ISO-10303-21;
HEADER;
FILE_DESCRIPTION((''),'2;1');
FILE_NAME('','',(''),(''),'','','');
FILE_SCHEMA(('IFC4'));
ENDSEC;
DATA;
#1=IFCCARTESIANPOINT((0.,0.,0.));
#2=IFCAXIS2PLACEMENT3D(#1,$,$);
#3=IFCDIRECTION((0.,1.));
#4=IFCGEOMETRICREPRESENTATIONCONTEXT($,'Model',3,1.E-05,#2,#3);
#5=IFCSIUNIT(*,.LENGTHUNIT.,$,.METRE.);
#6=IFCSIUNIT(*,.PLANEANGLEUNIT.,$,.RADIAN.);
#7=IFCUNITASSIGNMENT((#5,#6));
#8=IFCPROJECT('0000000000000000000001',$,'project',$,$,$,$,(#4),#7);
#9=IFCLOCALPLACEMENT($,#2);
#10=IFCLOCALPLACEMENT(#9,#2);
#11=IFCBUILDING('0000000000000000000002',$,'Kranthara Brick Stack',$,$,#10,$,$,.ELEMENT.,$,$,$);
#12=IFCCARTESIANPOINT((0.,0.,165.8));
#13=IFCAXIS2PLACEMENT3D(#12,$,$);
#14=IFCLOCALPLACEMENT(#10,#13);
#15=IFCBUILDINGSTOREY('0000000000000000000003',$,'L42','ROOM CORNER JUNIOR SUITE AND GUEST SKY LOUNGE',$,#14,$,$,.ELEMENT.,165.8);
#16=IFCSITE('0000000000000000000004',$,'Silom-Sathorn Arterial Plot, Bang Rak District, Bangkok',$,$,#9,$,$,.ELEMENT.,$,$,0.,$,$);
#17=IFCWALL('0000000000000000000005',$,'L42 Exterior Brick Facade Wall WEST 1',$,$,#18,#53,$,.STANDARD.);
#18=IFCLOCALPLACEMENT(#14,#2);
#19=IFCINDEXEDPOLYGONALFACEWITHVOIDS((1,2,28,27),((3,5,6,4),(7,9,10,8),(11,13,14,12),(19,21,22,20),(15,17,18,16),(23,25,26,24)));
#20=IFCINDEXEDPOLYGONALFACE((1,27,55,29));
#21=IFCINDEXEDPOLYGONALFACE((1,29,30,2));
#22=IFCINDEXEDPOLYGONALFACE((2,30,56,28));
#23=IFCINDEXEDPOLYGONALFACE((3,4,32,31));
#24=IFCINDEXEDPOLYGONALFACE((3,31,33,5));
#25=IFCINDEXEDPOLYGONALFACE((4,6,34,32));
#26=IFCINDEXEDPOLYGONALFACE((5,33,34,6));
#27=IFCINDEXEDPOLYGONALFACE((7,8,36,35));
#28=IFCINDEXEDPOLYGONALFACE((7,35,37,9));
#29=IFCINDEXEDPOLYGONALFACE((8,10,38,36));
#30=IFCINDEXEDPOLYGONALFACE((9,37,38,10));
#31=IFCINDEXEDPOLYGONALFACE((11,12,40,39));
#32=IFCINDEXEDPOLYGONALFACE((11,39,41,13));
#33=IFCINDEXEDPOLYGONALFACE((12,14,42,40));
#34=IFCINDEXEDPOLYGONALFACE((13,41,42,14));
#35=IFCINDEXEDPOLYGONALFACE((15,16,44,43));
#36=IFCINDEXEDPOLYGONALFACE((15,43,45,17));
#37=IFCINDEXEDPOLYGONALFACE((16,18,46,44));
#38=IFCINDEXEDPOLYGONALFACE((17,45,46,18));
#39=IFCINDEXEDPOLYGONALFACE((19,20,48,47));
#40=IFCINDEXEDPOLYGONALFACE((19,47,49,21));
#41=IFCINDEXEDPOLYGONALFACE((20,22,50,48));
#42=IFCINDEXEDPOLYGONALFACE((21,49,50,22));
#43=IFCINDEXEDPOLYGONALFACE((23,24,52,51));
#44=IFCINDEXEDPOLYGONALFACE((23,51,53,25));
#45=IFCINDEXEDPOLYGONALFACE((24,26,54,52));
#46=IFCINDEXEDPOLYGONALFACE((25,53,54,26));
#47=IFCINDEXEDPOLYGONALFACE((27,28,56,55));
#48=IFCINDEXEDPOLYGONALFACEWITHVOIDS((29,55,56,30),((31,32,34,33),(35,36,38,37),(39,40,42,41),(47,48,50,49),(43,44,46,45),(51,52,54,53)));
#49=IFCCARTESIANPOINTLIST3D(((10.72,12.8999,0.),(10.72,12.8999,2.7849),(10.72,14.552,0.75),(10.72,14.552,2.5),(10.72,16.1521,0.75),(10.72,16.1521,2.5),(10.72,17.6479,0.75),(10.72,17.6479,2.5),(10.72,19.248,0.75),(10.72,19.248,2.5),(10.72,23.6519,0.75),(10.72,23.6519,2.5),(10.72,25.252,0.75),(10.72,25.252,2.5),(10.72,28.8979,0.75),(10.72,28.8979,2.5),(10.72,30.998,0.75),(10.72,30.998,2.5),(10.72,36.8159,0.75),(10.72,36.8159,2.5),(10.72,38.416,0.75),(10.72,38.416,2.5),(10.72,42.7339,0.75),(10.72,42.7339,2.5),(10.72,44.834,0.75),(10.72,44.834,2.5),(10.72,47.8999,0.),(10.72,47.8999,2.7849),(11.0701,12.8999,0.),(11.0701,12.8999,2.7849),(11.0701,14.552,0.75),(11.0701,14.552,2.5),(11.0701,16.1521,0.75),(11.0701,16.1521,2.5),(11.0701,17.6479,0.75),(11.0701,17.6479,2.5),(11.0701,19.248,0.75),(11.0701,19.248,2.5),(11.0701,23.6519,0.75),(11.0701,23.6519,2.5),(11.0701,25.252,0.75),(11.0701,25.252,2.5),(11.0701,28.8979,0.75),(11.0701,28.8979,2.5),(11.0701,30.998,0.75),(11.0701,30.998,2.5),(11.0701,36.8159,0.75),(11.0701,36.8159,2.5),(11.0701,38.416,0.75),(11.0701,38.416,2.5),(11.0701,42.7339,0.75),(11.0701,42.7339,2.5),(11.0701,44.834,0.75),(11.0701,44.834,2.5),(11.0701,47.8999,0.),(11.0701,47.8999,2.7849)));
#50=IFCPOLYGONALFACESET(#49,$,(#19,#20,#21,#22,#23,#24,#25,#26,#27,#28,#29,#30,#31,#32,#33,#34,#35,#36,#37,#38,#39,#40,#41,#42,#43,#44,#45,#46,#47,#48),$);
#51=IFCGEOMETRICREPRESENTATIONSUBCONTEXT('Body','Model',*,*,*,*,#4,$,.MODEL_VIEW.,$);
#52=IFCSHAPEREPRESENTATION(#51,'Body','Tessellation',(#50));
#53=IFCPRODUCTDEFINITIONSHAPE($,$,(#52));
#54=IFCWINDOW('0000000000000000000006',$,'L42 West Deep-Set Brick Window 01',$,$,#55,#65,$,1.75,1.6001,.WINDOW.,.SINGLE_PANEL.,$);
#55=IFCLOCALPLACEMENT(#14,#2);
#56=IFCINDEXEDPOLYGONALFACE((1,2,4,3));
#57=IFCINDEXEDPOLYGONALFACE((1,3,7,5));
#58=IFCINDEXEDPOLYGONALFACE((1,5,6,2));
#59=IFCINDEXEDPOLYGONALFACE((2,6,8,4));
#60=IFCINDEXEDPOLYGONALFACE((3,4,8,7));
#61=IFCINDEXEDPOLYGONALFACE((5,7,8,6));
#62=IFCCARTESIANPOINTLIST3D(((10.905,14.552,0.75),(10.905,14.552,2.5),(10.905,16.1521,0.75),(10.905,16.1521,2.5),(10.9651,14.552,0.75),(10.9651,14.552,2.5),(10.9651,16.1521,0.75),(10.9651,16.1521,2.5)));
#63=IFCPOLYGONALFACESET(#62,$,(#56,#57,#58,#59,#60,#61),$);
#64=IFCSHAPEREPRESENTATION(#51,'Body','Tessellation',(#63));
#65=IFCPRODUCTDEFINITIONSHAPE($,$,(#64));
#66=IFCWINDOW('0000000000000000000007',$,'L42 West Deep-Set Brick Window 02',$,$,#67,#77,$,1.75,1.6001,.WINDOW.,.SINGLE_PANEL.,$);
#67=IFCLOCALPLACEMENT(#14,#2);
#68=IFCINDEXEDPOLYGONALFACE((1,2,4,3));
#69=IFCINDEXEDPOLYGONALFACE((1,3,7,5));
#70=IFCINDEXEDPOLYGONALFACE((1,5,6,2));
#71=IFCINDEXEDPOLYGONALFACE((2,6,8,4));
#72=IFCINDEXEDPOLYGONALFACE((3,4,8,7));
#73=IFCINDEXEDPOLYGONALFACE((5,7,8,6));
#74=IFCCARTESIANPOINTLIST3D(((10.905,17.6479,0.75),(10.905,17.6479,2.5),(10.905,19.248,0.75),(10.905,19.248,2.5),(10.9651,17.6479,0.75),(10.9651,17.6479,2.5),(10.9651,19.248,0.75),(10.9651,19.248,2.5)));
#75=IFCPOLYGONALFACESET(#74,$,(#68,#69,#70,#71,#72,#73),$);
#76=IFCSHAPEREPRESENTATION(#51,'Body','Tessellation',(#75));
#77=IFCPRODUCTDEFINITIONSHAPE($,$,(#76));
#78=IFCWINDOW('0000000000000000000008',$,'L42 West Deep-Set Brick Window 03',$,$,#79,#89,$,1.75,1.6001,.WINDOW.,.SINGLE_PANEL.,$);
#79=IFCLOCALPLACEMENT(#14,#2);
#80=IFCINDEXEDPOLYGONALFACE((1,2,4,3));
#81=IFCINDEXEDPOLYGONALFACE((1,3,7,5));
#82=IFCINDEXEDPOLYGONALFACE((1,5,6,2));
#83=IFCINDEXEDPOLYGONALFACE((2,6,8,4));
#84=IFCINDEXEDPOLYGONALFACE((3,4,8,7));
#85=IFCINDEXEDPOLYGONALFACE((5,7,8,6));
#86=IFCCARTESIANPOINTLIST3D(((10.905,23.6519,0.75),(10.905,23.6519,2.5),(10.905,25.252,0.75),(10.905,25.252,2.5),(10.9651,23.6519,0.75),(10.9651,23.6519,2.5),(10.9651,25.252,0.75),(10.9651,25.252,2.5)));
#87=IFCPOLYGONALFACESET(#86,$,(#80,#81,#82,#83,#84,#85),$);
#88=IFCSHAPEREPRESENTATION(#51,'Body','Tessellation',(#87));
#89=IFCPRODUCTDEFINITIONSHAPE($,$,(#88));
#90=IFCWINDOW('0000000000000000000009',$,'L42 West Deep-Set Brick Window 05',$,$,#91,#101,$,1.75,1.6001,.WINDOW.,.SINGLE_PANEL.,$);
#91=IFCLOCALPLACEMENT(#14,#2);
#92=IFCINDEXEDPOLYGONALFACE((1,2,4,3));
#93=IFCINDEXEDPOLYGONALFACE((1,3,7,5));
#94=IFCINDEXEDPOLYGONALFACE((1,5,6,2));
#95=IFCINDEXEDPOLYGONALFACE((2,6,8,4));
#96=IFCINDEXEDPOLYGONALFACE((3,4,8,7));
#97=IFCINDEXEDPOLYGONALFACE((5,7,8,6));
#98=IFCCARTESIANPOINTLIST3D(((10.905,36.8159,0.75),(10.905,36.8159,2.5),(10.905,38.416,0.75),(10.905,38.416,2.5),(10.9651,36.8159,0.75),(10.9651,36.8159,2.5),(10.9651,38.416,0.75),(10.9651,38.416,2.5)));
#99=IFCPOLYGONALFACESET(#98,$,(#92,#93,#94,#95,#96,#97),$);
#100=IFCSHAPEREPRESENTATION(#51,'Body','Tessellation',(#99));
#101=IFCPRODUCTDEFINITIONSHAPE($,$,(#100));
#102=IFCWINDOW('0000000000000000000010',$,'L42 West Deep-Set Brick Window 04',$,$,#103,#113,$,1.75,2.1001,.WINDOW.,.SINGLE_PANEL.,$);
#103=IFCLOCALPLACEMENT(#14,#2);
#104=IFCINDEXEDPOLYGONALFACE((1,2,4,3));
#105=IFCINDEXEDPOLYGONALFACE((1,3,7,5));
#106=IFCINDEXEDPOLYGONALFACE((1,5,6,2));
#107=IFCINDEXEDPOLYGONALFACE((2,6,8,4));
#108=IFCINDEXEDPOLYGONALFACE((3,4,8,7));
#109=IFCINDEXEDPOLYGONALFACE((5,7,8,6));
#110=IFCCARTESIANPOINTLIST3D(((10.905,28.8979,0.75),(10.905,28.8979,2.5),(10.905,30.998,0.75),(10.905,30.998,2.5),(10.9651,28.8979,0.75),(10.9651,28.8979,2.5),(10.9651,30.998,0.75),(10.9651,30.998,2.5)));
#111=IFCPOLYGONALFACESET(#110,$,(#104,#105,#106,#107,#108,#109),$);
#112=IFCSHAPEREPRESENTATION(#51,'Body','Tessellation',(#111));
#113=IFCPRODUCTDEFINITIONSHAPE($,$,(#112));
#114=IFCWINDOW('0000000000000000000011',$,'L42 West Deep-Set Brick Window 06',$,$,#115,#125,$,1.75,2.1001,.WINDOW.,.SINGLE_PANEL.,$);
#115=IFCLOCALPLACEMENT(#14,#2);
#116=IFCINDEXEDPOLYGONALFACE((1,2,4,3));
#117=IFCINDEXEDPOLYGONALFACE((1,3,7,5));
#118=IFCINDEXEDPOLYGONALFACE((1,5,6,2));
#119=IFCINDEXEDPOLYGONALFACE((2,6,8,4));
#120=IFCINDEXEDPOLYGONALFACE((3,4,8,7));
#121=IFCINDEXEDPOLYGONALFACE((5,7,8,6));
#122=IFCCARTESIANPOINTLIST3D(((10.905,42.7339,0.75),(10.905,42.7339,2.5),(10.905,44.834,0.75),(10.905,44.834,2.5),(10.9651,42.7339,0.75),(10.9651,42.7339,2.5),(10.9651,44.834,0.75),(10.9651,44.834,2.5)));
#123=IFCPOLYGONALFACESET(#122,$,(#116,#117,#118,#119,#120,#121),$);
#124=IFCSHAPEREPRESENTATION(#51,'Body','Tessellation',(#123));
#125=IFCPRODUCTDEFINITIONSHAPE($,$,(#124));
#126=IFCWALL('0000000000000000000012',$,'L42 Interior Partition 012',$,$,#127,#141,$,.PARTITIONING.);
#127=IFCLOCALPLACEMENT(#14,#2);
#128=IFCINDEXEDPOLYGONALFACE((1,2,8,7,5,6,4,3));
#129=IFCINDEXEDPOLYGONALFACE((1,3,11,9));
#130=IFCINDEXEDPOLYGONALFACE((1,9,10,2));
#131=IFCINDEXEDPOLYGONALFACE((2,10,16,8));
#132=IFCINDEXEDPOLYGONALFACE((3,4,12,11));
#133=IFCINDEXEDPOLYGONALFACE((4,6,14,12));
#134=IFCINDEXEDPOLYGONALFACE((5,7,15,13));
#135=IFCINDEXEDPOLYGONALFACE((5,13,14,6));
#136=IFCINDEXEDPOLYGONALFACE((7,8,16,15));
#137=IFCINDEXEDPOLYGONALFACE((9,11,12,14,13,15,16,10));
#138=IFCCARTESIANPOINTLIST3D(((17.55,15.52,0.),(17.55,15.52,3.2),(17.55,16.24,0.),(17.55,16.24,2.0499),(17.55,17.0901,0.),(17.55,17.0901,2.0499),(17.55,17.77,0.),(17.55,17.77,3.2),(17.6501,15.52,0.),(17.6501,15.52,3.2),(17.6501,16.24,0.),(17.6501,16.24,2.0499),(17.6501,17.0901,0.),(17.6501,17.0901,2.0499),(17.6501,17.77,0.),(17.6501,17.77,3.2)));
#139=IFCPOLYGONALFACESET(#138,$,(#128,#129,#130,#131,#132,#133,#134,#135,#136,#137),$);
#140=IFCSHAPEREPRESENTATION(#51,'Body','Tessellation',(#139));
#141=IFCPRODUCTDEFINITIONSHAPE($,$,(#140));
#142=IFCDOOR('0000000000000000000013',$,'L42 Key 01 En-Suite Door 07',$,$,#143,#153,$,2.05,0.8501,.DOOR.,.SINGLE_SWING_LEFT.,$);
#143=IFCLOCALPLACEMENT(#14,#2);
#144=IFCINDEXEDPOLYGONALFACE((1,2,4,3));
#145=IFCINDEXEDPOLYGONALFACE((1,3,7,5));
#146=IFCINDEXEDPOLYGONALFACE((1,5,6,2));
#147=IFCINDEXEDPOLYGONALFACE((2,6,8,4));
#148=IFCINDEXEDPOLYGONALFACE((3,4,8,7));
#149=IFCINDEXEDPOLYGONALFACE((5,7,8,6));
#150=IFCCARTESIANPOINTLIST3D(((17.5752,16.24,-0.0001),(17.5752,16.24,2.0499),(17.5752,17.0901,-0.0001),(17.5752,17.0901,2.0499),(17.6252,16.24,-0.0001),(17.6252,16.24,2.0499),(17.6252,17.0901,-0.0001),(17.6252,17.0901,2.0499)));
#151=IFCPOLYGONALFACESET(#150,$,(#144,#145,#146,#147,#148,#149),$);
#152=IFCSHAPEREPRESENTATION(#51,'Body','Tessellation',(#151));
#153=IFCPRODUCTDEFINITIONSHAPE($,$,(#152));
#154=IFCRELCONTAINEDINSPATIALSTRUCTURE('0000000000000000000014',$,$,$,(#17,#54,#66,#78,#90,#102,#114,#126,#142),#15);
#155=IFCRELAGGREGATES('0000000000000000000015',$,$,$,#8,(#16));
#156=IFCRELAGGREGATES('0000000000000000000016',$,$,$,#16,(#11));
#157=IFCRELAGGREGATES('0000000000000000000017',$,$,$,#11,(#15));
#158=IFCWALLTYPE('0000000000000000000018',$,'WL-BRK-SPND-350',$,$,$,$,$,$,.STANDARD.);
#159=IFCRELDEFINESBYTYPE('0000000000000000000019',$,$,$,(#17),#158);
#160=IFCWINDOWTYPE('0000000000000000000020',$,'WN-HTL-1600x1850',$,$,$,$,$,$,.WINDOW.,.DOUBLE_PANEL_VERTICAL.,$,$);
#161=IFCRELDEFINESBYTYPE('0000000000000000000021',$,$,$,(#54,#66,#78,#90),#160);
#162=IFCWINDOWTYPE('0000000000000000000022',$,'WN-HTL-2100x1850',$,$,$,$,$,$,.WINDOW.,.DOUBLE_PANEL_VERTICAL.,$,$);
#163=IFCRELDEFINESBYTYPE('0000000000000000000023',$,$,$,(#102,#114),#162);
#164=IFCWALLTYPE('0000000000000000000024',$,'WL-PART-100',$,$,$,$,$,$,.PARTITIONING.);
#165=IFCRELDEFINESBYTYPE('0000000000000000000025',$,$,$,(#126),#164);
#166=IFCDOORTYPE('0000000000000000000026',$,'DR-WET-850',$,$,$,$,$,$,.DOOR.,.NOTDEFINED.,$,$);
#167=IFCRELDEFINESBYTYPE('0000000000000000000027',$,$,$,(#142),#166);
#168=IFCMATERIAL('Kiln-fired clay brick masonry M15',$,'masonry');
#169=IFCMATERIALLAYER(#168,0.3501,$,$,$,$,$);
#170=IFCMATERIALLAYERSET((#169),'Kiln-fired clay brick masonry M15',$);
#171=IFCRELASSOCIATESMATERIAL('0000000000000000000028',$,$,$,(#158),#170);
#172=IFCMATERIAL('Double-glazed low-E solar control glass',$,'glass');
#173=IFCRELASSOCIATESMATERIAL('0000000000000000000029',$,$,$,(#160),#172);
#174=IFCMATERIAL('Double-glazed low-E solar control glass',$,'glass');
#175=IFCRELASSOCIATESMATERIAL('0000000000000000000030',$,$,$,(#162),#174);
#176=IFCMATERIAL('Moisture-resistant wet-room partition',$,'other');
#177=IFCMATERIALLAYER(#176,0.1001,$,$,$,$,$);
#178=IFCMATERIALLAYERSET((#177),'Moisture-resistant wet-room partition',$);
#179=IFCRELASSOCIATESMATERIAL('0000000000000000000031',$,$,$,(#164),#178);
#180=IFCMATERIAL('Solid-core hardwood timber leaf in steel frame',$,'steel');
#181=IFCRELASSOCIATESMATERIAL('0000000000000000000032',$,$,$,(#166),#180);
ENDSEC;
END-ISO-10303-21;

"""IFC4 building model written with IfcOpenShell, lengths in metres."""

from ifc_helpers import new_model, si_unit, direction, frame, frame_2d, origin, place, context, subcontext, project, spatial, rectangle, extrude, material, layer, layer_set, type_object, element, fill, save


model = new_model("IFC4")

# Units and contexts
model_context = context("Model", 3, precision=1e-05, world=origin(), true_north=direction((0.0, 1.0)))
body_context = subcontext(model_context, "Body", "Model", "MODEL_VIEW")
ifc_project = project(units=[si_unit("LENGTHUNIT", "METRE"), si_unit("PLANEANGLEUNIT", "RADIAN")], contexts=[model_context])

# Site, building, storey
site_placement = place(None, origin())
site = spatial("IfcSite", under=ifc_project, at=site_placement, Name="Silom-Sathorn Arterial Plot, Bang Rak District, Bangkok", CompositionType="ELEMENT", RefElevation=0.0)
building_placement = place(site_placement, origin())
building = spatial("IfcBuilding", under=site, at=building_placement, Name="Kranthara Brick Stack", CompositionType="ELEMENT")
storey_placement = place(building_placement, frame((0.0, 0.0, 165.8)))
storey = spatial("IfcBuildingStorey", under=building, at=storey_placement, Name="L42", Description="ROOM CORNER JUNIOR SUITE AND GUEST SKY LOUNGE", CompositionType="ELEMENT", Elevation=165.8)

# Wall, openings, windows
ifc_material_1 = material(Name="Kiln-fired clay brick masonry M15", Category="masonry")
ifc_layer_1 = layer(ifc_material_1, 0.3501)
ifc_layer_set_1 = layer_set([ifc_layer_1], Name="Kiln-fired clay brick masonry M15")
wall_type_1 = type_object("IfcWallType", Name="WL-BRK-SPND-350", PredefinedType="STANDARD", material=ifc_layer_set_1)
wall_1_placement = place(storey_placement, frame((10.895, 12.8999, 0.0), z_axis=(0.0, 0.0, 1.0), x_axis=(0.0, 1.0, 0.0)))
wall_1 = element("IfcWall", 1, at=wall_1_placement, inside=storey, type_object=wall_type_1, Name="L42 Exterior Brick Facade Wall WEST 1", PredefinedType="STANDARD", context=body_context, shape_type="SweptSolid", body=[
    extrude(rectangle(XDim=35.0, YDim=0.3501, at=frame_2d((17.5, 0.0))), origin(), (0.0, 0.0, 1.0), 2.7849),
])
opening_1_placement = place(wall_1_placement, frame((1.6521, 0.0, 0.75)))
opening_1 = element("IfcOpeningElement", 2, at=opening_1_placement, cuts=wall_1, PredefinedType="OPENING", context=body_context, shape_type="SweptSolid", body=[
    extrude(rectangle(XDim=1.6001, YDim=1.75, at=frame_2d((0.8, 0.875))), frame((0.0, 0.1851, 0.0), z_axis=(0.0, -1.0, 0.0), x_axis=(1.0, 0.0, 0.0)), (0.0, 0.0, 1.0), 0.3701),
])
opening_2_placement = place(wall_1_placement, frame((4.748, 0.0, 0.75)))
opening_2 = element("IfcOpeningElement", 3, at=opening_2_placement, cuts=wall_1, PredefinedType="OPENING", context=body_context, shape_type="SweptSolid", body=[
    extrude(rectangle(XDim=1.6001, YDim=1.75, at=frame_2d((0.8, 0.875))), frame((0.0, 0.1851, 0.0), z_axis=(0.0, -1.0, 0.0), x_axis=(1.0, 0.0, 0.0)), (0.0, 0.0, 1.0), 0.3701),
])
opening_3_placement = place(wall_1_placement, frame((10.752, 0.0, 0.75)))
opening_3 = element("IfcOpeningElement", 4, at=opening_3_placement, cuts=wall_1, PredefinedType="OPENING", context=body_context, shape_type="SweptSolid", body=[
    extrude(rectangle(XDim=1.6001, YDim=1.75, at=frame_2d((0.8, 0.875))), frame((0.0, 0.1851, 0.0), z_axis=(0.0, -1.0, 0.0), x_axis=(1.0, 0.0, 0.0)), (0.0, 0.0, 1.0), 0.3701),
])
opening_4_placement = place(wall_1_placement, frame((15.998, 0.0, 0.75)))
opening_4 = element("IfcOpeningElement", 5, at=opening_4_placement, cuts=wall_1, PredefinedType="OPENING", context=body_context, shape_type="SweptSolid", body=[
    extrude(rectangle(XDim=2.1001, YDim=1.75, at=frame_2d((1.05, 0.875))), frame((0.0, 0.1851, 0.0), z_axis=(0.0, -1.0, 0.0), x_axis=(1.0, 0.0, 0.0)), (0.0, 0.0, 1.0), 0.3701),
])
opening_5_placement = place(wall_1_placement, frame((23.916, 0.0, 0.75)))
opening_5 = element("IfcOpeningElement", 6, at=opening_5_placement, cuts=wall_1, PredefinedType="OPENING", context=body_context, shape_type="SweptSolid", body=[
    extrude(rectangle(XDim=1.6001, YDim=1.75, at=frame_2d((0.8, 0.875))), frame((0.0, 0.1851, 0.0), z_axis=(0.0, -1.0, 0.0), x_axis=(1.0, 0.0, 0.0)), (0.0, 0.0, 1.0), 0.3701),
])
opening_6_placement = place(wall_1_placement, frame((29.834, 0.0, 0.75)))
opening_6 = element("IfcOpeningElement", 7, at=opening_6_placement, cuts=wall_1, PredefinedType="OPENING", context=body_context, shape_type="SweptSolid", body=[
    extrude(rectangle(XDim=2.1001, YDim=1.75, at=frame_2d((1.05, 0.875))), frame((0.0, 0.1851, 0.0), z_axis=(0.0, -1.0, 0.0), x_axis=(1.0, 0.0, 0.0)), (0.0, 0.0, 1.0), 0.3701),
])
ifc_material_2 = material(Name="Double-glazed low-E solar control glass", Category="glass")
window_type_1 = type_object("IfcWindowType", Name="WN-HTL-1600x1850", PartitioningType="DOUBLE_PANEL_VERTICAL", PredefinedType="WINDOW", material=ifc_material_2)
window_1_placement = place(opening_1_placement, origin())
window_1 = element("IfcWindow", 8, at=window_1_placement, inside=storey, type_object=window_type_1, Name="L42 West Deep-Set Brick Window 01", OverallHeight=1.75, OverallWidth=1.6001, PartitioningType="SINGLE_PANEL", PredefinedType="WINDOW", context=body_context, shape_type="SweptSolid", body=[
    extrude(rectangle(XDim=1.6001, YDim=1.75, at=frame_2d((0.8, 0.875))), frame((0.0, -0.01, 0.0), z_axis=(0.0, -1.0, 0.0), x_axis=(1.0, 0.0, 0.0)), (0.0, 0.0, 1.0), 0.0601),
])
fill(opening_1, window_1)
window_2_placement = place(opening_2_placement, origin())
window_2 = element("IfcWindow", 9, at=window_2_placement, inside=storey, type_object=window_type_1, Name="L42 West Deep-Set Brick Window 02", OverallHeight=1.75, OverallWidth=1.6001, PartitioningType="SINGLE_PANEL", PredefinedType="WINDOW", context=body_context, shape_type="SweptSolid", body=[
    extrude(rectangle(XDim=1.6001, YDim=1.75, at=frame_2d((0.8, 0.875))), frame((0.0, -0.01, 0.0), z_axis=(0.0, -1.0, 0.0), x_axis=(1.0, 0.0, 0.0)), (0.0, 0.0, 1.0), 0.0601),
])
fill(opening_2, window_2)
window_3_placement = place(opening_3_placement, origin())
window_3 = element("IfcWindow", 10, at=window_3_placement, inside=storey, type_object=window_type_1, Name="L42 West Deep-Set Brick Window 03", OverallHeight=1.75, OverallWidth=1.6001, PartitioningType="SINGLE_PANEL", PredefinedType="WINDOW", context=body_context, shape_type="SweptSolid", body=[
    extrude(rectangle(XDim=1.6001, YDim=1.75, at=frame_2d((0.8, 0.875))), frame((0.0, -0.01, 0.0), z_axis=(0.0, -1.0, 0.0), x_axis=(1.0, 0.0, 0.0)), (0.0, 0.0, 1.0), 0.0601),
])
fill(opening_3, window_3)
window_4_placement = place(opening_5_placement, origin())
window_4 = element("IfcWindow", 11, at=window_4_placement, inside=storey, type_object=window_type_1, Name="L42 West Deep-Set Brick Window 05", OverallHeight=1.75, OverallWidth=1.6001, PartitioningType="SINGLE_PANEL", PredefinedType="WINDOW", context=body_context, shape_type="SweptSolid", body=[
    extrude(rectangle(XDim=1.6001, YDim=1.75, at=frame_2d((0.8, 0.875))), frame((0.0, -0.01, 0.0), z_axis=(0.0, -1.0, 0.0), x_axis=(1.0, 0.0, 0.0)), (0.0, 0.0, 1.0), 0.0601),
])
fill(opening_5, window_4)
ifc_material_3 = material(Name="Double-glazed low-E solar control glass", Category="glass")
window_type_2 = type_object("IfcWindowType", Name="WN-HTL-2100x1850", PartitioningType="DOUBLE_PANEL_VERTICAL", PredefinedType="WINDOW", material=ifc_material_3)
window_5_placement = place(opening_4_placement, origin())
window_5 = element("IfcWindow", 12, at=window_5_placement, inside=storey, type_object=window_type_2, Name="L42 West Deep-Set Brick Window 04", OverallHeight=1.75, OverallWidth=2.1001, PartitioningType="SINGLE_PANEL", PredefinedType="WINDOW", context=body_context, shape_type="SweptSolid", body=[
    extrude(rectangle(XDim=2.1001, YDim=1.75, at=frame_2d((1.05, 0.875))), frame((0.0, -0.01, 0.0), z_axis=(0.0, -1.0, 0.0), x_axis=(1.0, 0.0, 0.0)), (0.0, 0.0, 1.0), 0.0601),
])
fill(opening_4, window_5)
window_6_placement = place(opening_6_placement, origin())
window_6 = element("IfcWindow", 13, at=window_6_placement, inside=storey, type_object=window_type_2, Name="L42 West Deep-Set Brick Window 06", OverallHeight=1.75, OverallWidth=2.1001, PartitioningType="SINGLE_PANEL", PredefinedType="WINDOW", context=body_context, shape_type="SweptSolid", body=[
    extrude(rectangle(XDim=2.1001, YDim=1.75, at=frame_2d((1.05, 0.875))), frame((0.0, -0.01, 0.0), z_axis=(0.0, -1.0, 0.0), x_axis=(1.0, 0.0, 0.0)), (0.0, 0.0, 1.0), 0.0601),
])
fill(opening_6, window_6)

# Wall, opening, door
ifc_material_4 = material(Name="Moisture-resistant wet-room partition", Category="other")
ifc_layer_2 = layer(ifc_material_4, 0.1001)
ifc_layer_set_2 = layer_set([ifc_layer_2], Name="Moisture-resistant wet-room partition")
wall_type_2 = type_object("IfcWallType", Name="WL-PART-100", PredefinedType="PARTITIONING", material=ifc_layer_set_2)
wall_2_placement = place(storey_placement, frame((17.6001, 15.52, 0.0), z_axis=(0.0, 0.0, 1.0), x_axis=(0.0, 1.0, 0.0)))
wall_2 = element("IfcWall", 14, at=wall_2_placement, inside=storey, type_object=wall_type_2, Name="L42 Interior Partition 012", PredefinedType="PARTITIONING", context=body_context, shape_type="SweptSolid", body=[
    extrude(rectangle(XDim=2.25, YDim=0.1001, at=frame_2d((1.125, 0.0))), origin(), (0.0, 0.0, 1.0), 3.2),
])
opening_7_placement = place(wall_2_placement, frame((0.72, 0.0, 0.0)))
opening_7 = element("IfcOpeningElement", 15, at=opening_7_placement, cuts=wall_2, PredefinedType="OPENING", context=body_context, shape_type="SweptSolid", body=[
    extrude(rectangle(XDim=0.8501, YDim=2.05, at=frame_2d((0.425, 1.0249))), frame((0.0, 0.0601, 0.0), z_axis=(0.0, -1.0, 0.0), x_axis=(1.0, 0.0, 0.0)), (0.0, 0.0, 1.0), 0.1201),
])
ifc_material_5 = material(Name="Solid-core hardwood timber leaf in steel frame", Category="steel")
door_type_1 = type_object("IfcDoorType", Name="DR-WET-850", OperationType="NOTDEFINED", PredefinedType="DOOR", material=ifc_material_5)
door_1_placement = place(opening_7_placement, origin())
door_1 = element("IfcDoor", 16, at=door_1_placement, inside=storey, type_object=door_type_1, Name="L42 Key 01 En-Suite Door 07", OperationType="SINGLE_SWING_LEFT", OverallHeight=2.05, OverallWidth=0.8501, PredefinedType="DOOR", context=body_context, shape_type="SweptSolid", body=[
    extrude(rectangle(XDim=0.8501, YDim=2.05, at=frame_2d((0.425, 1.0249))), frame((0.0, 0.0249, 0.0), z_axis=(0.0, -1.0, 0.0), x_axis=(1.0, 0.0, 0.0)), (0.0, 0.0, 1.0), 0.05),
])
fill(opening_7, door_1)

save(model, "model.ifc")
